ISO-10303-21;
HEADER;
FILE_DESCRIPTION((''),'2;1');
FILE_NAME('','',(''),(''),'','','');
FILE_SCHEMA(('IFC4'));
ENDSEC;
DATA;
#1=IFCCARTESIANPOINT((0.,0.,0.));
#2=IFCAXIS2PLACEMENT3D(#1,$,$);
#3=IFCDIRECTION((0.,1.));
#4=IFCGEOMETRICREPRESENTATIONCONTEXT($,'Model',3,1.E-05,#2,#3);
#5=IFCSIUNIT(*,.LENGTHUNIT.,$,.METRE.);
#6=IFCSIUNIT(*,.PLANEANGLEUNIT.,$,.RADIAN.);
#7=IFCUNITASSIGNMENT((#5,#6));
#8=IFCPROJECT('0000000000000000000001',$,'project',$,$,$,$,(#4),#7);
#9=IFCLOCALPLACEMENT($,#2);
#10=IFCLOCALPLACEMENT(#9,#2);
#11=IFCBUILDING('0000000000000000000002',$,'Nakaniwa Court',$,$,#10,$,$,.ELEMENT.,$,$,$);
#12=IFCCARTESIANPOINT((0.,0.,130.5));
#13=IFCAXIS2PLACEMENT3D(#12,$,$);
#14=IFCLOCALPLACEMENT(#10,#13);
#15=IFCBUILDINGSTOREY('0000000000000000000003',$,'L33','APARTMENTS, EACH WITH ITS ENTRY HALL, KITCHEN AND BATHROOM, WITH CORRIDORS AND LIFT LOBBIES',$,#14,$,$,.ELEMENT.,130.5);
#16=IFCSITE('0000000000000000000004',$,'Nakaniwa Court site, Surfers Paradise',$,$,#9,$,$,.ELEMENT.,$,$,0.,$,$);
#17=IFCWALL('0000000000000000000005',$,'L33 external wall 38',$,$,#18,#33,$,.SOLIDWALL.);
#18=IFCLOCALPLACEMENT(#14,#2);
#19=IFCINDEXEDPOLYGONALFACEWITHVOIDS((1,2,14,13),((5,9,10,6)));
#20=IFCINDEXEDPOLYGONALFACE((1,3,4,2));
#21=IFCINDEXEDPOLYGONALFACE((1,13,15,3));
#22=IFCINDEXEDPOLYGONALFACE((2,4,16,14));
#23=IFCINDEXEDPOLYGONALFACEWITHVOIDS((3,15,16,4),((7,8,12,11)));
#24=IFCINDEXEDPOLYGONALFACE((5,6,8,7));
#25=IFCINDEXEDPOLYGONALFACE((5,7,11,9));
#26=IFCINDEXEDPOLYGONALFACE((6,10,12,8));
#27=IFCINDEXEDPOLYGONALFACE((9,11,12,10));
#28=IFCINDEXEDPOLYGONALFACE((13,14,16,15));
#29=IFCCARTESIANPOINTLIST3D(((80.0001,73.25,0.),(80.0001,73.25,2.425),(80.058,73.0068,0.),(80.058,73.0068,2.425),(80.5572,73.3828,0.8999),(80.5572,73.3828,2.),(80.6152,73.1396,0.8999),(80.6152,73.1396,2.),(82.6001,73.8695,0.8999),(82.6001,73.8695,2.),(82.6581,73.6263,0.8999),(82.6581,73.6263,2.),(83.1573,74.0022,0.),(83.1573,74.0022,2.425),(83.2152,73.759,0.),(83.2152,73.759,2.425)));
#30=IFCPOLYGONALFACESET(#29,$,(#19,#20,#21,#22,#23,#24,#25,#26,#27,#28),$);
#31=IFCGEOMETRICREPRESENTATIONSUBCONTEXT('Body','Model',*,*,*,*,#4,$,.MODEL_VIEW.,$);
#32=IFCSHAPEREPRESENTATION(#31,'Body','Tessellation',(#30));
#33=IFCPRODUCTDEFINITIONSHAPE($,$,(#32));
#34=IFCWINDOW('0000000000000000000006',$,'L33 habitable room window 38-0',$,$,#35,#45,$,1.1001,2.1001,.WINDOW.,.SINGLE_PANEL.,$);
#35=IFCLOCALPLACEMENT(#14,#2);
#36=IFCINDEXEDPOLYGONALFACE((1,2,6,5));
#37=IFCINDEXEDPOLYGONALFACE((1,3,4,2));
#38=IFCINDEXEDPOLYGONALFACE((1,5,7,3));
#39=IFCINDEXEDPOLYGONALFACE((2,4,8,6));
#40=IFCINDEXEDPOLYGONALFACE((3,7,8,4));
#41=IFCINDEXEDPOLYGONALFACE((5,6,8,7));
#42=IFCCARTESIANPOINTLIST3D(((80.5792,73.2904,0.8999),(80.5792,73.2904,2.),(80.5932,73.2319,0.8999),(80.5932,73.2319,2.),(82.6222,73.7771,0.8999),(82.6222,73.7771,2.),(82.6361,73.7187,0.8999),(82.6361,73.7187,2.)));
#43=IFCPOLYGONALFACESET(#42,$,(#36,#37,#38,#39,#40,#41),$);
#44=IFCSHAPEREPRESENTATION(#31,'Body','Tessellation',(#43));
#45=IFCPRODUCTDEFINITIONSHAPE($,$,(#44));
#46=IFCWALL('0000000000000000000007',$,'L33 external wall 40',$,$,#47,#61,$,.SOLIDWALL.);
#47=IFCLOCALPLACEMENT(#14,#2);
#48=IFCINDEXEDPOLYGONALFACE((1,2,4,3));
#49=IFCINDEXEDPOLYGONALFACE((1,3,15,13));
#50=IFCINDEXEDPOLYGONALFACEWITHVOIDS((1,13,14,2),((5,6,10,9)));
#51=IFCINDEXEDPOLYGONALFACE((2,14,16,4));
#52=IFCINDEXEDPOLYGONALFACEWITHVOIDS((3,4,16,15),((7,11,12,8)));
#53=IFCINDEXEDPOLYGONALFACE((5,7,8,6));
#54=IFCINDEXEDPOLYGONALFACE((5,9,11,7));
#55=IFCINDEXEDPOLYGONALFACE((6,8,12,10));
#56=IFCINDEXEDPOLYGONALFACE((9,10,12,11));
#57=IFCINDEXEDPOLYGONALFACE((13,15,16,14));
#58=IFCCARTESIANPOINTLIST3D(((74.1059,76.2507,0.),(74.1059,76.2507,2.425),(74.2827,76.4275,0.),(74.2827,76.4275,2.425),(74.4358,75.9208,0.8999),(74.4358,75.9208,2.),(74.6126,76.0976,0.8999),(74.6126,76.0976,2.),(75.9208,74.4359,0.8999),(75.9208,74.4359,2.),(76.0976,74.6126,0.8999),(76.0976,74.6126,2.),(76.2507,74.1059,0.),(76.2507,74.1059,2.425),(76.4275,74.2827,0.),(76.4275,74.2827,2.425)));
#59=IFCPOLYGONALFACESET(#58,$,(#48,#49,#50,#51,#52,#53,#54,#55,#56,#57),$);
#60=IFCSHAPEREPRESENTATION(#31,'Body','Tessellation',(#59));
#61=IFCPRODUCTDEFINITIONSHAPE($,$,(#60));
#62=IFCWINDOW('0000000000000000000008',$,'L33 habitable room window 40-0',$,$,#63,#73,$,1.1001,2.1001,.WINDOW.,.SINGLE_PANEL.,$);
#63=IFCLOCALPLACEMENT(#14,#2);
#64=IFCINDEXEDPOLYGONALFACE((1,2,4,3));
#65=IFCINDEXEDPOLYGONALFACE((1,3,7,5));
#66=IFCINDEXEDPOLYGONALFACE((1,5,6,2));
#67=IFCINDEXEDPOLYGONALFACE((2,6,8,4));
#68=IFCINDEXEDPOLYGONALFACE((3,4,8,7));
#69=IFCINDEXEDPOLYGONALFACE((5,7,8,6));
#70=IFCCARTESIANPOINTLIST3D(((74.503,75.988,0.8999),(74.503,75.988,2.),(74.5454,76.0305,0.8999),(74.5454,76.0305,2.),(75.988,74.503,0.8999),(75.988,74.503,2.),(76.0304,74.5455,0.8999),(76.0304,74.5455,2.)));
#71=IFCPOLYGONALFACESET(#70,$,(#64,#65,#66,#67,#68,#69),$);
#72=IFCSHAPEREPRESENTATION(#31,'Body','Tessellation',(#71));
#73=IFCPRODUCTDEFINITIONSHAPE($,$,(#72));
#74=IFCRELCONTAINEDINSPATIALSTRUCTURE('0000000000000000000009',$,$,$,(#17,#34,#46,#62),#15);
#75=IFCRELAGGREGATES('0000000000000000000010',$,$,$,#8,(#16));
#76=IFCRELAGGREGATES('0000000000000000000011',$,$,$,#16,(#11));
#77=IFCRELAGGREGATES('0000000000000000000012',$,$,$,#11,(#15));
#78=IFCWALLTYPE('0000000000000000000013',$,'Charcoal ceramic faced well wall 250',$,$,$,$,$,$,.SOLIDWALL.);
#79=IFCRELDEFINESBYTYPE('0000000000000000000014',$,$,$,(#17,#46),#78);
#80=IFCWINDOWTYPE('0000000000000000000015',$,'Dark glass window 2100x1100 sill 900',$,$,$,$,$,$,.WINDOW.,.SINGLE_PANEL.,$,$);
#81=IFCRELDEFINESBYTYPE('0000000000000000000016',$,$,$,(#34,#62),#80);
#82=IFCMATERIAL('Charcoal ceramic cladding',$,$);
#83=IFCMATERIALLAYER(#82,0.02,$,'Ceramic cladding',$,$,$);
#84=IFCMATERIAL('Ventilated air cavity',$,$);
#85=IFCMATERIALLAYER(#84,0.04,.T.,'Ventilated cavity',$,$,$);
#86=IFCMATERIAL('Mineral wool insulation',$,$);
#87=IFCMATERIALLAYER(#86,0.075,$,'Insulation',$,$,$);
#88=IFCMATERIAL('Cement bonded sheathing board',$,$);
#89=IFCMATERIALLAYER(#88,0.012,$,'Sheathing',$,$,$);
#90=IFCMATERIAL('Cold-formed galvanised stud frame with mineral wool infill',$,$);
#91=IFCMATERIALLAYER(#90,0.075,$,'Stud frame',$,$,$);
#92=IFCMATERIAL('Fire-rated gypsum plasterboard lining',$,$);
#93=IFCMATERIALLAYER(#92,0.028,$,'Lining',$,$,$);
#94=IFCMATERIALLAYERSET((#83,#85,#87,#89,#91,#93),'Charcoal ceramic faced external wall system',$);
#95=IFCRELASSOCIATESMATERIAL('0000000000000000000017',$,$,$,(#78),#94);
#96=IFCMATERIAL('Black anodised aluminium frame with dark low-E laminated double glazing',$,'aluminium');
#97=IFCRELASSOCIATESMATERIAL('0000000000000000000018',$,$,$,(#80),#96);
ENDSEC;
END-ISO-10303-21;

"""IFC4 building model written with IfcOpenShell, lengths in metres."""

from ifc_helpers import new_model, si_unit, direction, frame, frame_2d, origin, place, context, subcontext, project, spatial, rectangle, extrude, material, layer, layer_set, type_object, element, fill, save


model = new_model("IFC4")

# Units and contexts
model_context = context("Model", 3, precision=1e-05, world=origin(), true_north=direction((0.0, 1.0)))
body_context = subcontext(model_context, "Body", "Model", "MODEL_VIEW")
ifc_project = project(units=[si_unit("LENGTHUNIT", "METRE"), si_unit("PLANEANGLEUNIT", "RADIAN")], contexts=[model_context])

# Site, building, storey
site_placement = place(None, origin())
site = spatial("IfcSite", under=ifc_project, at=site_placement, Name="Nakaniwa Court site, Surfers Paradise", CompositionType="ELEMENT", RefElevation=0.0)
building_placement = place(site_placement, origin())
building = spatial("IfcBuilding", under=site, at=building_placement, Name="Nakaniwa Court", CompositionType="ELEMENT")
storey_placement = place(building_placement, frame((0.0, 0.0, 130.5)))
storey = spatial("IfcBuildingStorey", under=building, at=storey_placement, Name="L33", Description="APARTMENTS, EACH WITH ITS ENTRY HALL, KITCHEN AND BATHROOM, WITH CORRIDORS AND LIFT LOBBIES", CompositionType="ELEMENT", Elevation=130.5)

# Walls, openings, windows
ifc_material_1 = material(Name="Charcoal ceramic cladding")
ifc_layer_1 = layer(ifc_material_1, 0.02, Name="Ceramic cladding")
ifc_material_2 = material(Name="Ventilated air cavity")
ifc_layer_2 = layer(ifc_material_2, 0.04, ventilated=True, Name="Ventilated cavity")
ifc_material_3 = material(Name="Mineral wool insulation")
ifc_layer_3 = layer(ifc_material_3, 0.075, Name="Insulation")
ifc_material_4 = material(Name="Cement bonded sheathing board")
ifc_layer_4 = layer(ifc_material_4, 0.012, Name="Sheathing")
ifc_material_5 = material(Name="Cold-formed galvanised stud frame with mineral wool infill")
ifc_layer_5 = layer(ifc_material_5, 0.075, Name="Stud frame")
ifc_material_6 = material(Name="Fire-rated gypsum plasterboard lining")
ifc_layer_6 = layer(ifc_material_6, 0.028, Name="Lining")
ifc_layer_set = layer_set([ifc_layer_1, ifc_layer_2, ifc_layer_3, ifc_layer_4, ifc_layer_5, ifc_layer_6], Name="Charcoal ceramic faced external wall system")
wall_type = type_object("IfcWallType", Name="Charcoal ceramic faced well wall 250", PredefinedType="SOLIDWALL", material=ifc_layer_set)
ifc_material_7 = material(Name="Black anodised aluminium frame with dark low-E laminated double glazing", Category="aluminium")
window_type = type_object("IfcWindowType", Name="Dark glass window 2100x1100 sill 900", PartitioningType="SINGLE_PANEL", PredefinedType="WINDOW", material=ifc_material_7)
wall_1_placement = place(storey_placement, frame((83.1863, 73.8806, 0.0), z_axis=(0.0, 0.0, 1.0), x_axis=(-0.972773, -0.23176, 0.0)))
wall_1 = element("IfcWall", 1, at=wall_1_placement, inside=storey, type_object=wall_type, Name="L33 external wall 38", PredefinedType="SOLIDWALL", context=body_context, shape_type="SweptSolid", body=[
    extrude(rectangle(XDim=3.2456, YDim=0.25, at=frame_2d((1.6228, 0.0))), origin(), (0.0, 0.0, 1.0), 2.425),
])
opening_1_placement = place(wall_1_placement, frame((0.5728, 0.0, 0.8999)))
opening_1 = element("IfcOpeningElement", 2, at=opening_1_placement, cuts=wall_1, PredefinedType="OPENING", context=body_context, shape_type="SweptSolid", body=[
    extrude(rectangle(XDim=2.1001, YDim=1.1001, at=frame_2d((1.05, 0.55))), frame((0.0, 0.135, 0.0), z_axis=(0.0, -1.0, 0.0), x_axis=(1.0, 0.0, 0.0)), (0.0, 0.0, 1.0), 0.27),
])
window_1_placement = place(opening_1_placement, origin())
window_1 = element("IfcWindow", 3, at=window_1_placement, inside=storey, type_object=window_type, Name="L33 habitable room window 38-0", OverallHeight=1.1001, OverallWidth=2.1001, PartitioningType="SINGLE_PANEL", PredefinedType="WINDOW", context=body_context, shape_type="SweptSolid", body=[
    extrude(rectangle(XDim=2.1001, YDim=1.1001, at=frame_2d((1.05, 0.55))), frame((0.0, 0.03, 0.0), z_axis=(0.0, -1.0, 0.0), x_axis=(1.0, 0.0, 0.0)), (0.0, 0.0, 1.0), 0.0601),
])
fill(opening_1, window_1)
wall_2_placement = place(storey_placement, frame((76.3391, 74.1943, 0.0), z_axis=(0.0, 0.0, 1.0), x_axis=(-0.707107, 0.707107, 0.0)))
wall_2 = element("IfcWall", 4, at=wall_2_placement, inside=storey, type_object=wall_type, Name="L33 external wall 40", PredefinedType="SOLIDWALL", context=body_context, shape_type="SweptSolid", body=[
    extrude(rectangle(XDim=3.0332, YDim=0.25, at=frame_2d((1.5166, 0.0))), origin(), (0.0, 0.0, 1.0), 2.425),
])
opening_2_placement = place(wall_2_placement, frame((0.4666, 0.0, 0.8999)))
opening_2 = element("IfcOpeningElement", 5, at=opening_2_placement, cuts=wall_2, PredefinedType="OPENING", context=body_context, shape_type="SweptSolid", body=[
    extrude(rectangle(XDim=2.1001, YDim=1.1001, at=frame_2d((1.05, 0.55))), frame((0.0, 0.135, 0.0), z_axis=(0.0, -1.0, 0.0), x_axis=(1.0, 0.0, 0.0)), (0.0, 0.0, 1.0), 0.27),
])
window_2_placement = place(opening_2_placement, origin())
window_2 = element("IfcWindow", 6, at=window_2_placement, inside=storey, type_object=window_type, Name="L33 habitable room window 40-0", OverallHeight=1.1001, OverallWidth=2.1001, PartitioningType="SINGLE_PANEL", PredefinedType="WINDOW", context=body_context, shape_type="SweptSolid", body=[
    extrude(rectangle(XDim=2.1001, YDim=1.1001, at=frame_2d((1.05, 0.55))), frame((0.0, 0.03, 0.0), z_axis=(0.0, -1.0, 0.0), x_axis=(1.0, 0.0, 0.0)), (0.0, 0.0, 1.0), 0.0601),
])
fill(opening_2, window_2)

save(model, "model.ifc")
